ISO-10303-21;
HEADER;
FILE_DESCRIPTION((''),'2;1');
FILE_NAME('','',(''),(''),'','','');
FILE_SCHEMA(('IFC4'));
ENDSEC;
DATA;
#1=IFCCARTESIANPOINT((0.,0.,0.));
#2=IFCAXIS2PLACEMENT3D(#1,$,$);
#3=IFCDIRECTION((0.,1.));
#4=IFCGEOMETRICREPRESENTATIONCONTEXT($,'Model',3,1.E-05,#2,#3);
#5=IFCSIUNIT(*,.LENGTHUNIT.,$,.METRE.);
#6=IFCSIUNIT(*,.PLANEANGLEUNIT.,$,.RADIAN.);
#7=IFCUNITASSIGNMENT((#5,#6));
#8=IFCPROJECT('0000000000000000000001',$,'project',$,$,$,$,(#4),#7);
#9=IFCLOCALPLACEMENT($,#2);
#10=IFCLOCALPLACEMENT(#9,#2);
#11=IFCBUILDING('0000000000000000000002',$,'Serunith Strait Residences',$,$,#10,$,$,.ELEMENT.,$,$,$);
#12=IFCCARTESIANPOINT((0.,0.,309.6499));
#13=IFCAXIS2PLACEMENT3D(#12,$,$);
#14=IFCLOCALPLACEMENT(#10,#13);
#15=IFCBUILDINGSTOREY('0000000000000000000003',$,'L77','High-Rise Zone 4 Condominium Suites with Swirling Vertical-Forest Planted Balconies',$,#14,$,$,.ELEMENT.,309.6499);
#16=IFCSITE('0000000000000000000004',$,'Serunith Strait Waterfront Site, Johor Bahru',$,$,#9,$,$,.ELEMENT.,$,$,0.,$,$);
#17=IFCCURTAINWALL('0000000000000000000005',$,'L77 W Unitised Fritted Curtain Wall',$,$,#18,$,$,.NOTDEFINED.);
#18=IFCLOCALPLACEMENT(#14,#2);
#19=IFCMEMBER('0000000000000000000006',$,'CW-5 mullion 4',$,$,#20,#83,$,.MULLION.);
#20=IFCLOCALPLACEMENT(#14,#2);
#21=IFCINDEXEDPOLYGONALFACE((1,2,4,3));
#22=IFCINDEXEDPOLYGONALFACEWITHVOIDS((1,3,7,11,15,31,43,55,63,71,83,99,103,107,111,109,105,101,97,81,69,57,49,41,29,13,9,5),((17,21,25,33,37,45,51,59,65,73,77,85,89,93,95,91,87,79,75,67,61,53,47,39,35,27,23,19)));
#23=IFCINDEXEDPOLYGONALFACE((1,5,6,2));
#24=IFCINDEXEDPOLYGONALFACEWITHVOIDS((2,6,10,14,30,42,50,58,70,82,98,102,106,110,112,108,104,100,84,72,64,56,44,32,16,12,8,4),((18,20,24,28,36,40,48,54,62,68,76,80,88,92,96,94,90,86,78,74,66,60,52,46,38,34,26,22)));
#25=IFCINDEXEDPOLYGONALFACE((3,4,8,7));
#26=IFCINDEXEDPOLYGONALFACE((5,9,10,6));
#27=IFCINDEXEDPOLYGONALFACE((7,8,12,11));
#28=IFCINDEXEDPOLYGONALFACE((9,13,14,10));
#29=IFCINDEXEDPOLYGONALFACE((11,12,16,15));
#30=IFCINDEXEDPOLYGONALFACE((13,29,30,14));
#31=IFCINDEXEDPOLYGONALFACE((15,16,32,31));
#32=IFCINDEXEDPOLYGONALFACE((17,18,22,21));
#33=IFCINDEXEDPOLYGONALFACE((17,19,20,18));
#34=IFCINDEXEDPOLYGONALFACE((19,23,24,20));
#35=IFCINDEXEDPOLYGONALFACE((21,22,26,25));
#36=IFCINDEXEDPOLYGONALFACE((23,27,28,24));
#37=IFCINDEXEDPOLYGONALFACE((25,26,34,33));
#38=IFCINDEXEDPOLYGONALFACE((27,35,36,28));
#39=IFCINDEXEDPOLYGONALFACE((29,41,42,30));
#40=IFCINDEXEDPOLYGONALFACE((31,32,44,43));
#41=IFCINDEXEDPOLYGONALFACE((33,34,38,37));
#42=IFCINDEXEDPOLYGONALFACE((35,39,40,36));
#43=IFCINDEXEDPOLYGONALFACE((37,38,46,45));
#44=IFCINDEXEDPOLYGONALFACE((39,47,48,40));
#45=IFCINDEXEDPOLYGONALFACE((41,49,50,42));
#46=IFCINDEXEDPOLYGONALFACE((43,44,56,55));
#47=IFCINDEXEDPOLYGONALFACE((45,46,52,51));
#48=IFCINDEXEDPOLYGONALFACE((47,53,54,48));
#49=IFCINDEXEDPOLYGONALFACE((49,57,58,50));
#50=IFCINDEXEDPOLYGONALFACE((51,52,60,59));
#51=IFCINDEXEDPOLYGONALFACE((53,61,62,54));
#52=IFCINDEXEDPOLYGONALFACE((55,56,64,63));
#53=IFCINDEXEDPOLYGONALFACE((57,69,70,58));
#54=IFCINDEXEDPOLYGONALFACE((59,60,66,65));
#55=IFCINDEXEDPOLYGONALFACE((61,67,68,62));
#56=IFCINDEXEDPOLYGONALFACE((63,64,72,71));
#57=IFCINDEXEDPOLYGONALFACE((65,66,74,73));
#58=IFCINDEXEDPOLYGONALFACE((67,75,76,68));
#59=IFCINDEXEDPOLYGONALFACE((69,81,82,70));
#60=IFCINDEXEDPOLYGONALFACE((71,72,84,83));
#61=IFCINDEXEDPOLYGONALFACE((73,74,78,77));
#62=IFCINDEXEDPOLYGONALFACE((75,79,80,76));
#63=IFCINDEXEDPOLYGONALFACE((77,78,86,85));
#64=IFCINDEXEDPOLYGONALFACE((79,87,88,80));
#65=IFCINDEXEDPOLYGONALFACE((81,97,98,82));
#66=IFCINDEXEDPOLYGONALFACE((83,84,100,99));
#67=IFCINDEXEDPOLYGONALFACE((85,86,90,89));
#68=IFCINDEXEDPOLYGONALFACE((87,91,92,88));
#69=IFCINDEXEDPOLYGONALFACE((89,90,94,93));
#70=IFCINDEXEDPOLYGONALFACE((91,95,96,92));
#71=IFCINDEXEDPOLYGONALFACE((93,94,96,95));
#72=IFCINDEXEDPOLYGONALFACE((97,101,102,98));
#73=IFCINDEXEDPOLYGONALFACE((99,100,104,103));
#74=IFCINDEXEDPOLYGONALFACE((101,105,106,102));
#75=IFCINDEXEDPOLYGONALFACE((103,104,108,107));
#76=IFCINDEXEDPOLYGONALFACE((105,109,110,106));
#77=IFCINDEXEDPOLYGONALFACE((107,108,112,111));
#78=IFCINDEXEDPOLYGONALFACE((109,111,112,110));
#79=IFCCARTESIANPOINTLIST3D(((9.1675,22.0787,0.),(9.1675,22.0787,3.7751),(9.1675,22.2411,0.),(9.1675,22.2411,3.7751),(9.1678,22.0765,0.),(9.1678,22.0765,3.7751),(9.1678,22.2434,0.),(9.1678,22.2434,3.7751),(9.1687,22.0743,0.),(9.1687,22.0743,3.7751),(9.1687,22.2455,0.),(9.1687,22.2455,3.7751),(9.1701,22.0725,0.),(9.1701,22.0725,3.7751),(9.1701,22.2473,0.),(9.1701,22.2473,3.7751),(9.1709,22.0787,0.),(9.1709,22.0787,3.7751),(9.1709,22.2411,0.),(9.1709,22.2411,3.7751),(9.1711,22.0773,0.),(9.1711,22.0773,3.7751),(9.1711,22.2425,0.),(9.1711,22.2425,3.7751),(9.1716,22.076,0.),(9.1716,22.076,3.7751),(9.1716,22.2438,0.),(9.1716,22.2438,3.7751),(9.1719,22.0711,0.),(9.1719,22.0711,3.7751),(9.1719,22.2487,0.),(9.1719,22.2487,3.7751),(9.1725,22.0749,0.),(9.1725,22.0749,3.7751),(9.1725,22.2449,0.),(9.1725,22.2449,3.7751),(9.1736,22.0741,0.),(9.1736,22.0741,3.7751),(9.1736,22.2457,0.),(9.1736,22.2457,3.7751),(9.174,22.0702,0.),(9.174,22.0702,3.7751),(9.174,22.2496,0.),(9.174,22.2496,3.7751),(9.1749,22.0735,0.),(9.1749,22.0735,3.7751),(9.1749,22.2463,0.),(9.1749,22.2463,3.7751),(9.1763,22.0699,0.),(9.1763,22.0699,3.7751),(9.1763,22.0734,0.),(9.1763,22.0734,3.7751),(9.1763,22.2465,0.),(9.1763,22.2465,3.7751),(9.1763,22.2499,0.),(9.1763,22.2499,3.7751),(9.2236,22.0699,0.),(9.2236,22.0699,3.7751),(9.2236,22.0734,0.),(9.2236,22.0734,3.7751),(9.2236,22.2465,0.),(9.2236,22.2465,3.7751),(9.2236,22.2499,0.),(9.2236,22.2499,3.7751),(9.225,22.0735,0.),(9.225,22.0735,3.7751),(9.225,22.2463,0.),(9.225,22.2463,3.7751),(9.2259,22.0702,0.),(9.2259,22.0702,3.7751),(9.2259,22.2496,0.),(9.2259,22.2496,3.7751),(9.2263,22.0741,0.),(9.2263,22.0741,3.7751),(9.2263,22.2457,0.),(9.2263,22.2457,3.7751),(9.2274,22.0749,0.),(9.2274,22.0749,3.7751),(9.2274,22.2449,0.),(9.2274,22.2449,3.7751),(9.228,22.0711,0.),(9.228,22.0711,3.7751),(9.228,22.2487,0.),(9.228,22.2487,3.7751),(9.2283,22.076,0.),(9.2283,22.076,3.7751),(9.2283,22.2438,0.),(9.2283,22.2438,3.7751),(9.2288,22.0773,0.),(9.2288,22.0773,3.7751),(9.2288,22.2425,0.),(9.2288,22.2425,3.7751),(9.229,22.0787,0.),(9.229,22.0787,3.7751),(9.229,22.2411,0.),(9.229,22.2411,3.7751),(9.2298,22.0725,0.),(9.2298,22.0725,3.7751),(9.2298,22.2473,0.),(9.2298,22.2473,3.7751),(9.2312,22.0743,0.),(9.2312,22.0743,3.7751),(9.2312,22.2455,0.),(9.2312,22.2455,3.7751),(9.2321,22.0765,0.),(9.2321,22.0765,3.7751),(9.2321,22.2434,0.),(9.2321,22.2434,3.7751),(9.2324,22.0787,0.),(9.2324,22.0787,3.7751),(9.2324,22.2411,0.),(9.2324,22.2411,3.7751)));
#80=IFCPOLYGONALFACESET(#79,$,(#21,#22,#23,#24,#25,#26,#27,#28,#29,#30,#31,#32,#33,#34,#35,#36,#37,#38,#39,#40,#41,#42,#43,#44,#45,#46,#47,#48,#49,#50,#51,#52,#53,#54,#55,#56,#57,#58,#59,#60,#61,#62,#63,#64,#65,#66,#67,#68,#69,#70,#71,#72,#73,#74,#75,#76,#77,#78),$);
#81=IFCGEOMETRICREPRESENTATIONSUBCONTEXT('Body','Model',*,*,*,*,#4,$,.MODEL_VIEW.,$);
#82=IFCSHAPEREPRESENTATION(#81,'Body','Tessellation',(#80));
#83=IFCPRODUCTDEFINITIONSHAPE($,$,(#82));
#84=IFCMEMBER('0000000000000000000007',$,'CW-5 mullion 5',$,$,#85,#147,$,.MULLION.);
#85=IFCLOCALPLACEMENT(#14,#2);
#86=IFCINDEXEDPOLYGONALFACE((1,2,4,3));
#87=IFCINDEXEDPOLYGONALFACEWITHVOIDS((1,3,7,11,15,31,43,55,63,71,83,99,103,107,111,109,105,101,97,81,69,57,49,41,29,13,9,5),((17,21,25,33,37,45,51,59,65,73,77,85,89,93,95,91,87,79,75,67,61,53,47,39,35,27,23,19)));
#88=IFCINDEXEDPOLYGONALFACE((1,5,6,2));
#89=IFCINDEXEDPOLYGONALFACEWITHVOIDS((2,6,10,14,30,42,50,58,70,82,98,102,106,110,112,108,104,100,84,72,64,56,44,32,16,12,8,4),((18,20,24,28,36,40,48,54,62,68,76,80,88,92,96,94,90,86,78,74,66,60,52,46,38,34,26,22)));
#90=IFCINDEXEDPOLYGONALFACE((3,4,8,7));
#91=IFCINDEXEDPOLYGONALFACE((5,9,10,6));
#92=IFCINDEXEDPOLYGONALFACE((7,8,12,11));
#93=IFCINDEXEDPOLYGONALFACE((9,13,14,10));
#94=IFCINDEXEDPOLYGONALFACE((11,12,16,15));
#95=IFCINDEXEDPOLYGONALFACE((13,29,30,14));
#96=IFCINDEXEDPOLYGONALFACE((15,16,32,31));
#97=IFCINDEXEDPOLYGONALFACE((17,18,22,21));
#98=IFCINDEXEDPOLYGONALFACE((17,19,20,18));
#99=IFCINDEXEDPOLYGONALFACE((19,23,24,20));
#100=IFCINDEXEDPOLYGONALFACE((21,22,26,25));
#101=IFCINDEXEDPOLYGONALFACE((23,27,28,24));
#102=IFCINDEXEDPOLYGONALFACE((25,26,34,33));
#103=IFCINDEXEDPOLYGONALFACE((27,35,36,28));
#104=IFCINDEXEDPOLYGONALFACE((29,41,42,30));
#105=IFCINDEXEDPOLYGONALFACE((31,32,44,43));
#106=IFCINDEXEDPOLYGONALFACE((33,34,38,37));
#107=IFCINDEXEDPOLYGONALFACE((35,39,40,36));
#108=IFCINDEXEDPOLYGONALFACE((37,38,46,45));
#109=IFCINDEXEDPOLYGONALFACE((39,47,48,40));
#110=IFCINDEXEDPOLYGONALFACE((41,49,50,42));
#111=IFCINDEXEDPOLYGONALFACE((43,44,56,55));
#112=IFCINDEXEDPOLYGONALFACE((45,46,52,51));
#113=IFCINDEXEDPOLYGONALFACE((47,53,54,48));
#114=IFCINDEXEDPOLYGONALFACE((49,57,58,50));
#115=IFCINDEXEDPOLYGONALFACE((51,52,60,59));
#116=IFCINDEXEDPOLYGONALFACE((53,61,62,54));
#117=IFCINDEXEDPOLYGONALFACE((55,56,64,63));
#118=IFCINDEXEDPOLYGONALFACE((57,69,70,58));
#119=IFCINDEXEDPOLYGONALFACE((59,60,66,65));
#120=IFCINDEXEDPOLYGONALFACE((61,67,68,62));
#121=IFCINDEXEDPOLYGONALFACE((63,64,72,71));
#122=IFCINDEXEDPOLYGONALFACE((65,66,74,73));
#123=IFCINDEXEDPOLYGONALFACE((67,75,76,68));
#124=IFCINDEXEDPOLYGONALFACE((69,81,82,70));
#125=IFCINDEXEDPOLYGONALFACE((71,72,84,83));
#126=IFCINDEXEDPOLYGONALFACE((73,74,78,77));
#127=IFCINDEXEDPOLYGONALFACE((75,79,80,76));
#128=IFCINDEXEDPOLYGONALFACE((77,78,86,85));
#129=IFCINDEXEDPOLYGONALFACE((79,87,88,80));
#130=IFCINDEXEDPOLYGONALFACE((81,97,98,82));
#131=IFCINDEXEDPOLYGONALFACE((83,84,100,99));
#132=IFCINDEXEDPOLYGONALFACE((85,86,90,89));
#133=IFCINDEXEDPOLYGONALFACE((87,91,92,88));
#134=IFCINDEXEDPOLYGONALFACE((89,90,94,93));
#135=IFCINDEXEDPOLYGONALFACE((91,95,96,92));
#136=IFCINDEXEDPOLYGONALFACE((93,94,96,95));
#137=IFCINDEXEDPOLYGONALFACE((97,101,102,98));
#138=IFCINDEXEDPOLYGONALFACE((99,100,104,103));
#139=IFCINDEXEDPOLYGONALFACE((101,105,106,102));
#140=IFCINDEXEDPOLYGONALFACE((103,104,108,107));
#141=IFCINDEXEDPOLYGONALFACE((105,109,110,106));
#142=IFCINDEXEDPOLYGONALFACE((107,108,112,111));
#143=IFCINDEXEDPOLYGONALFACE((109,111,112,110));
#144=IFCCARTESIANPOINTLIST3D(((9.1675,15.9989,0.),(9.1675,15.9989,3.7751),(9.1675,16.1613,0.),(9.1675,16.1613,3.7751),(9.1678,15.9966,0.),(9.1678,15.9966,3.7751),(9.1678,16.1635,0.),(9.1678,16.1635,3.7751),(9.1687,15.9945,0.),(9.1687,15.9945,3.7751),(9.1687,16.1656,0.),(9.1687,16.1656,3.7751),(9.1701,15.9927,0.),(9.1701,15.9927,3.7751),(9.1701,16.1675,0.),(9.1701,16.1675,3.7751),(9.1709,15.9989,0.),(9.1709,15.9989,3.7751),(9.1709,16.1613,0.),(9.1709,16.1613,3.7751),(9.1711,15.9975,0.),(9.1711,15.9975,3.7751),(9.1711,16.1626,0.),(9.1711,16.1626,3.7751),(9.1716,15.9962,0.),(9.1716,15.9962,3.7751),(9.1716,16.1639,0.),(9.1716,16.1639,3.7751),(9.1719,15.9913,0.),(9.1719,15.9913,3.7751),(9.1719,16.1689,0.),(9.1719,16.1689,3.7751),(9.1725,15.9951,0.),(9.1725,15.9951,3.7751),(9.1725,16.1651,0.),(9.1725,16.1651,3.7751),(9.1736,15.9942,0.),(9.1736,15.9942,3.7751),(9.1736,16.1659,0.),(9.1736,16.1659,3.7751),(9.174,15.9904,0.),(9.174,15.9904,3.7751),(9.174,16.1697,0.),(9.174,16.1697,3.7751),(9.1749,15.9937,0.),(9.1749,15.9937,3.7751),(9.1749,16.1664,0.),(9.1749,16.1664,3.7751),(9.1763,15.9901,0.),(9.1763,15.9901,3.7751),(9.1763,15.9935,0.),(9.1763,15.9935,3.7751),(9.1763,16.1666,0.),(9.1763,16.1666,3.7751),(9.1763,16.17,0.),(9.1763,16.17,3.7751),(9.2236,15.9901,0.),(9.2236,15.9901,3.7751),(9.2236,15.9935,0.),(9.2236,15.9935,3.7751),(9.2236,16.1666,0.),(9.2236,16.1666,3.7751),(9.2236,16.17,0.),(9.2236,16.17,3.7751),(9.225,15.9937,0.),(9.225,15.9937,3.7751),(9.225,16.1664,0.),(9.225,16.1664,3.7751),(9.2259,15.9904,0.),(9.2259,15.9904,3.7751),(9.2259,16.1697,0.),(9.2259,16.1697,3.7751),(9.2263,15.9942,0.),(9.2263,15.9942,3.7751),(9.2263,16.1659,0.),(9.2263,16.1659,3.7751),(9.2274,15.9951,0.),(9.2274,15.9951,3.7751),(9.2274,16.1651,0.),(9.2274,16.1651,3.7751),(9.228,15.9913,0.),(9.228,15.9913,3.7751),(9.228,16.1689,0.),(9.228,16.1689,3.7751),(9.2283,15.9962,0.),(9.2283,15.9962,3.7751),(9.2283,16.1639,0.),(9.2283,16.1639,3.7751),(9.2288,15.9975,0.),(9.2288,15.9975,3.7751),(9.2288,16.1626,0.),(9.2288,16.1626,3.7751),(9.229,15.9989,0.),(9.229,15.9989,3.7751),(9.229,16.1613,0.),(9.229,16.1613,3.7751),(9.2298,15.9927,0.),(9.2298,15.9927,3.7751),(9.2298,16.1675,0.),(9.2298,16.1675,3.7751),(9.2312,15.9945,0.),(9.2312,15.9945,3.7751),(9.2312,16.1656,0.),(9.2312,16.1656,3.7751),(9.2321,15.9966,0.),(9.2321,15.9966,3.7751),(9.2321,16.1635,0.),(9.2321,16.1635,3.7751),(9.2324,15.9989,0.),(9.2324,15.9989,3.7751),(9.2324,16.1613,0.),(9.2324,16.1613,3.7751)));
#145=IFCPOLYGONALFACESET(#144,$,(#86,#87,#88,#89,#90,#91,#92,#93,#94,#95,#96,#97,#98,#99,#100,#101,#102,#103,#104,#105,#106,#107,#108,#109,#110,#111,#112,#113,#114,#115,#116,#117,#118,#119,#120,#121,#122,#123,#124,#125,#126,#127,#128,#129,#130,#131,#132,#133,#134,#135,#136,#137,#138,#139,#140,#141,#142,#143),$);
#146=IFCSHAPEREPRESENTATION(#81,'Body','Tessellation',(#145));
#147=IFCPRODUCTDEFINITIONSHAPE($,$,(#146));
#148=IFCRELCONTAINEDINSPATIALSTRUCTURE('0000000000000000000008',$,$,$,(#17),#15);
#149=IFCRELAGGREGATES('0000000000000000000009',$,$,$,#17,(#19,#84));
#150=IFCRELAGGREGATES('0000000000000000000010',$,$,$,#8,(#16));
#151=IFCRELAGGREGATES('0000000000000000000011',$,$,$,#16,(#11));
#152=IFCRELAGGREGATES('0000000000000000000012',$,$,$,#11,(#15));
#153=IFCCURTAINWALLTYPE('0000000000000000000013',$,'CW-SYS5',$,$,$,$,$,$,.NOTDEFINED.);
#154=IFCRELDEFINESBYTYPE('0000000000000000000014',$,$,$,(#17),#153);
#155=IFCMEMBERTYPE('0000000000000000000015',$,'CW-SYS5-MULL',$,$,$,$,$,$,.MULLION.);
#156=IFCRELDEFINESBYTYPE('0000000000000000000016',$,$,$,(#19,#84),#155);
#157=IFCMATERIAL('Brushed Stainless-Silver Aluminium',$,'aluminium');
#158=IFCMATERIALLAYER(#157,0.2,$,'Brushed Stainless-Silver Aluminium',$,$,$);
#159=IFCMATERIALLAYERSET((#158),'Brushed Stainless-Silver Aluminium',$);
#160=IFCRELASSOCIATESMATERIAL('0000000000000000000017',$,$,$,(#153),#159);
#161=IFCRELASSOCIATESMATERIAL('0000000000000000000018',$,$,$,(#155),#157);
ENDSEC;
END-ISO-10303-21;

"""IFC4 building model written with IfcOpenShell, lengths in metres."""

from ifc_helpers import new_model, si_unit, direction, frame, origin, origin_2d, place, context, subcontext, project, spatial, hollow_rectangle, extrude, source, transform, mapped, material, layer, layer_set, material_profile, profile_set, type_object, element, aggregate, save


model = new_model("IFC4")

# Units and contexts
model_context = context("Model", 3, precision=1e-05, world=origin(), true_north=direction((0.0, 1.0)))
body_context = subcontext(model_context, "Body", "Model", "MODEL_VIEW")
ifc_project = project(units=[si_unit("LENGTHUNIT", "METRE"), si_unit("PLANEANGLEUNIT", "RADIAN")], contexts=[model_context])

# Site, building, storey
site_placement = place(None, origin())
site = spatial("IfcSite", under=ifc_project, at=site_placement, Name="Serunith Strait Waterfront Site, Johor Bahru", CompositionType="ELEMENT", RefElevation=0.0)
building_placement = place(site_placement, origin())
building = spatial("IfcBuilding", under=site, at=building_placement, Name="Serunith Strait Residences", CompositionType="ELEMENT")
storey_placement = place(building_placement, frame((0.0, 0.0, 309.6499)))
storey = spatial("IfcBuildingStorey", under=building, at=storey_placement, Name="L77", Description="High-Rise Zone 4 Condominium Suites with Swirling Vertical-Forest Planted Balconies", CompositionType="ELEMENT", Elevation=309.6499)

# Curtain wall, members
ifc_material_1 = material(Name="Brushed Stainless-Silver Aluminium", Category="aluminium")
ifc_layer_1 = layer(ifc_material_1, 0.2, Name="Brushed Stainless-Silver Aluminium")
ifc_layer_set_1 = layer_set([ifc_layer_1], Name="Brushed Stainless-Silver Aluminium")
curtain_wall_type = type_object("IfcCurtainWallType", Name="CW-SYS5", PredefinedType="NOTDEFINED", material=ifc_layer_set_1)
curtain_wall_placement = place(storey_placement, origin())
curtain_wall = element("IfcCurtainWall", 1, at=curtain_wall_placement, inside=storey, type_object=curtain_wall_type, Name="L77 W Unitised Fritted Curtain Wall", PredefinedType="NOTDEFINED")
ifc_material_profile_1 = material_profile(ifc_material_1, hollow_rectangle(XDim=0.0649, YDim=0.1799, WallThickness=0.0034, InnerFilletRadius=0.0054, OuterFilletRadius=0.0088, at=origin_2d()), Name="ALU 180x65x3.5")
ifc_profile_set_1 = profile_set([ifc_material_profile_1], Name="Brushed Stainless-Silver Aluminium")
member_type_1 = type_object("IfcMemberType", Name="CW-SYS5-MULL", PredefinedType="MULLION", material=ifc_profile_set_1)
shared_shape_1 = source(origin(), body_context, "Body", "SweptSolid", [
    extrude(hollow_rectangle(XDim=0.0649, YDim=0.1799, WallThickness=0.0034, InnerFilletRadius=0.0054, OuterFilletRadius=0.0088, at=origin_2d()), origin(), (0.0, 0.0, 1.0), 3.7751),
])
member_1_placement = place(storey_placement, frame((9.2, 22.1599, 0.0), z_axis=(0.0, 0.0, 1.0), x_axis=(1.0, 0.0, 0.0)))
member_1 = element("IfcMember", 2, at=member_1_placement, type_object=member_type_1, Name="CW-5 mullion 4", PredefinedType="MULLION", context=body_context, shape_type="MappedRepresentation", body=[
    mapped(shared_shape_1, transform((0.0, 0.0, 0.0), scale=1.0)),
])
member_2_placement = place(storey_placement, frame((9.2, 16.0801, 0.0), z_axis=(0.0, 0.0, 1.0), x_axis=(1.0, 0.0, 0.0)))
member_2 = element("IfcMember", 3, at=member_2_placement, type_object=member_type_1, Name="CW-5 mullion 5", PredefinedType="MULLION", context=body_context, shape_type="MappedRepresentation", body=[
    mapped(shared_shape_1, transform((0.0, 0.0, 0.0), scale=1.0)),
])
aggregate(curtain_wall, [member_1, member_2])

save(model, "model.ifc")
